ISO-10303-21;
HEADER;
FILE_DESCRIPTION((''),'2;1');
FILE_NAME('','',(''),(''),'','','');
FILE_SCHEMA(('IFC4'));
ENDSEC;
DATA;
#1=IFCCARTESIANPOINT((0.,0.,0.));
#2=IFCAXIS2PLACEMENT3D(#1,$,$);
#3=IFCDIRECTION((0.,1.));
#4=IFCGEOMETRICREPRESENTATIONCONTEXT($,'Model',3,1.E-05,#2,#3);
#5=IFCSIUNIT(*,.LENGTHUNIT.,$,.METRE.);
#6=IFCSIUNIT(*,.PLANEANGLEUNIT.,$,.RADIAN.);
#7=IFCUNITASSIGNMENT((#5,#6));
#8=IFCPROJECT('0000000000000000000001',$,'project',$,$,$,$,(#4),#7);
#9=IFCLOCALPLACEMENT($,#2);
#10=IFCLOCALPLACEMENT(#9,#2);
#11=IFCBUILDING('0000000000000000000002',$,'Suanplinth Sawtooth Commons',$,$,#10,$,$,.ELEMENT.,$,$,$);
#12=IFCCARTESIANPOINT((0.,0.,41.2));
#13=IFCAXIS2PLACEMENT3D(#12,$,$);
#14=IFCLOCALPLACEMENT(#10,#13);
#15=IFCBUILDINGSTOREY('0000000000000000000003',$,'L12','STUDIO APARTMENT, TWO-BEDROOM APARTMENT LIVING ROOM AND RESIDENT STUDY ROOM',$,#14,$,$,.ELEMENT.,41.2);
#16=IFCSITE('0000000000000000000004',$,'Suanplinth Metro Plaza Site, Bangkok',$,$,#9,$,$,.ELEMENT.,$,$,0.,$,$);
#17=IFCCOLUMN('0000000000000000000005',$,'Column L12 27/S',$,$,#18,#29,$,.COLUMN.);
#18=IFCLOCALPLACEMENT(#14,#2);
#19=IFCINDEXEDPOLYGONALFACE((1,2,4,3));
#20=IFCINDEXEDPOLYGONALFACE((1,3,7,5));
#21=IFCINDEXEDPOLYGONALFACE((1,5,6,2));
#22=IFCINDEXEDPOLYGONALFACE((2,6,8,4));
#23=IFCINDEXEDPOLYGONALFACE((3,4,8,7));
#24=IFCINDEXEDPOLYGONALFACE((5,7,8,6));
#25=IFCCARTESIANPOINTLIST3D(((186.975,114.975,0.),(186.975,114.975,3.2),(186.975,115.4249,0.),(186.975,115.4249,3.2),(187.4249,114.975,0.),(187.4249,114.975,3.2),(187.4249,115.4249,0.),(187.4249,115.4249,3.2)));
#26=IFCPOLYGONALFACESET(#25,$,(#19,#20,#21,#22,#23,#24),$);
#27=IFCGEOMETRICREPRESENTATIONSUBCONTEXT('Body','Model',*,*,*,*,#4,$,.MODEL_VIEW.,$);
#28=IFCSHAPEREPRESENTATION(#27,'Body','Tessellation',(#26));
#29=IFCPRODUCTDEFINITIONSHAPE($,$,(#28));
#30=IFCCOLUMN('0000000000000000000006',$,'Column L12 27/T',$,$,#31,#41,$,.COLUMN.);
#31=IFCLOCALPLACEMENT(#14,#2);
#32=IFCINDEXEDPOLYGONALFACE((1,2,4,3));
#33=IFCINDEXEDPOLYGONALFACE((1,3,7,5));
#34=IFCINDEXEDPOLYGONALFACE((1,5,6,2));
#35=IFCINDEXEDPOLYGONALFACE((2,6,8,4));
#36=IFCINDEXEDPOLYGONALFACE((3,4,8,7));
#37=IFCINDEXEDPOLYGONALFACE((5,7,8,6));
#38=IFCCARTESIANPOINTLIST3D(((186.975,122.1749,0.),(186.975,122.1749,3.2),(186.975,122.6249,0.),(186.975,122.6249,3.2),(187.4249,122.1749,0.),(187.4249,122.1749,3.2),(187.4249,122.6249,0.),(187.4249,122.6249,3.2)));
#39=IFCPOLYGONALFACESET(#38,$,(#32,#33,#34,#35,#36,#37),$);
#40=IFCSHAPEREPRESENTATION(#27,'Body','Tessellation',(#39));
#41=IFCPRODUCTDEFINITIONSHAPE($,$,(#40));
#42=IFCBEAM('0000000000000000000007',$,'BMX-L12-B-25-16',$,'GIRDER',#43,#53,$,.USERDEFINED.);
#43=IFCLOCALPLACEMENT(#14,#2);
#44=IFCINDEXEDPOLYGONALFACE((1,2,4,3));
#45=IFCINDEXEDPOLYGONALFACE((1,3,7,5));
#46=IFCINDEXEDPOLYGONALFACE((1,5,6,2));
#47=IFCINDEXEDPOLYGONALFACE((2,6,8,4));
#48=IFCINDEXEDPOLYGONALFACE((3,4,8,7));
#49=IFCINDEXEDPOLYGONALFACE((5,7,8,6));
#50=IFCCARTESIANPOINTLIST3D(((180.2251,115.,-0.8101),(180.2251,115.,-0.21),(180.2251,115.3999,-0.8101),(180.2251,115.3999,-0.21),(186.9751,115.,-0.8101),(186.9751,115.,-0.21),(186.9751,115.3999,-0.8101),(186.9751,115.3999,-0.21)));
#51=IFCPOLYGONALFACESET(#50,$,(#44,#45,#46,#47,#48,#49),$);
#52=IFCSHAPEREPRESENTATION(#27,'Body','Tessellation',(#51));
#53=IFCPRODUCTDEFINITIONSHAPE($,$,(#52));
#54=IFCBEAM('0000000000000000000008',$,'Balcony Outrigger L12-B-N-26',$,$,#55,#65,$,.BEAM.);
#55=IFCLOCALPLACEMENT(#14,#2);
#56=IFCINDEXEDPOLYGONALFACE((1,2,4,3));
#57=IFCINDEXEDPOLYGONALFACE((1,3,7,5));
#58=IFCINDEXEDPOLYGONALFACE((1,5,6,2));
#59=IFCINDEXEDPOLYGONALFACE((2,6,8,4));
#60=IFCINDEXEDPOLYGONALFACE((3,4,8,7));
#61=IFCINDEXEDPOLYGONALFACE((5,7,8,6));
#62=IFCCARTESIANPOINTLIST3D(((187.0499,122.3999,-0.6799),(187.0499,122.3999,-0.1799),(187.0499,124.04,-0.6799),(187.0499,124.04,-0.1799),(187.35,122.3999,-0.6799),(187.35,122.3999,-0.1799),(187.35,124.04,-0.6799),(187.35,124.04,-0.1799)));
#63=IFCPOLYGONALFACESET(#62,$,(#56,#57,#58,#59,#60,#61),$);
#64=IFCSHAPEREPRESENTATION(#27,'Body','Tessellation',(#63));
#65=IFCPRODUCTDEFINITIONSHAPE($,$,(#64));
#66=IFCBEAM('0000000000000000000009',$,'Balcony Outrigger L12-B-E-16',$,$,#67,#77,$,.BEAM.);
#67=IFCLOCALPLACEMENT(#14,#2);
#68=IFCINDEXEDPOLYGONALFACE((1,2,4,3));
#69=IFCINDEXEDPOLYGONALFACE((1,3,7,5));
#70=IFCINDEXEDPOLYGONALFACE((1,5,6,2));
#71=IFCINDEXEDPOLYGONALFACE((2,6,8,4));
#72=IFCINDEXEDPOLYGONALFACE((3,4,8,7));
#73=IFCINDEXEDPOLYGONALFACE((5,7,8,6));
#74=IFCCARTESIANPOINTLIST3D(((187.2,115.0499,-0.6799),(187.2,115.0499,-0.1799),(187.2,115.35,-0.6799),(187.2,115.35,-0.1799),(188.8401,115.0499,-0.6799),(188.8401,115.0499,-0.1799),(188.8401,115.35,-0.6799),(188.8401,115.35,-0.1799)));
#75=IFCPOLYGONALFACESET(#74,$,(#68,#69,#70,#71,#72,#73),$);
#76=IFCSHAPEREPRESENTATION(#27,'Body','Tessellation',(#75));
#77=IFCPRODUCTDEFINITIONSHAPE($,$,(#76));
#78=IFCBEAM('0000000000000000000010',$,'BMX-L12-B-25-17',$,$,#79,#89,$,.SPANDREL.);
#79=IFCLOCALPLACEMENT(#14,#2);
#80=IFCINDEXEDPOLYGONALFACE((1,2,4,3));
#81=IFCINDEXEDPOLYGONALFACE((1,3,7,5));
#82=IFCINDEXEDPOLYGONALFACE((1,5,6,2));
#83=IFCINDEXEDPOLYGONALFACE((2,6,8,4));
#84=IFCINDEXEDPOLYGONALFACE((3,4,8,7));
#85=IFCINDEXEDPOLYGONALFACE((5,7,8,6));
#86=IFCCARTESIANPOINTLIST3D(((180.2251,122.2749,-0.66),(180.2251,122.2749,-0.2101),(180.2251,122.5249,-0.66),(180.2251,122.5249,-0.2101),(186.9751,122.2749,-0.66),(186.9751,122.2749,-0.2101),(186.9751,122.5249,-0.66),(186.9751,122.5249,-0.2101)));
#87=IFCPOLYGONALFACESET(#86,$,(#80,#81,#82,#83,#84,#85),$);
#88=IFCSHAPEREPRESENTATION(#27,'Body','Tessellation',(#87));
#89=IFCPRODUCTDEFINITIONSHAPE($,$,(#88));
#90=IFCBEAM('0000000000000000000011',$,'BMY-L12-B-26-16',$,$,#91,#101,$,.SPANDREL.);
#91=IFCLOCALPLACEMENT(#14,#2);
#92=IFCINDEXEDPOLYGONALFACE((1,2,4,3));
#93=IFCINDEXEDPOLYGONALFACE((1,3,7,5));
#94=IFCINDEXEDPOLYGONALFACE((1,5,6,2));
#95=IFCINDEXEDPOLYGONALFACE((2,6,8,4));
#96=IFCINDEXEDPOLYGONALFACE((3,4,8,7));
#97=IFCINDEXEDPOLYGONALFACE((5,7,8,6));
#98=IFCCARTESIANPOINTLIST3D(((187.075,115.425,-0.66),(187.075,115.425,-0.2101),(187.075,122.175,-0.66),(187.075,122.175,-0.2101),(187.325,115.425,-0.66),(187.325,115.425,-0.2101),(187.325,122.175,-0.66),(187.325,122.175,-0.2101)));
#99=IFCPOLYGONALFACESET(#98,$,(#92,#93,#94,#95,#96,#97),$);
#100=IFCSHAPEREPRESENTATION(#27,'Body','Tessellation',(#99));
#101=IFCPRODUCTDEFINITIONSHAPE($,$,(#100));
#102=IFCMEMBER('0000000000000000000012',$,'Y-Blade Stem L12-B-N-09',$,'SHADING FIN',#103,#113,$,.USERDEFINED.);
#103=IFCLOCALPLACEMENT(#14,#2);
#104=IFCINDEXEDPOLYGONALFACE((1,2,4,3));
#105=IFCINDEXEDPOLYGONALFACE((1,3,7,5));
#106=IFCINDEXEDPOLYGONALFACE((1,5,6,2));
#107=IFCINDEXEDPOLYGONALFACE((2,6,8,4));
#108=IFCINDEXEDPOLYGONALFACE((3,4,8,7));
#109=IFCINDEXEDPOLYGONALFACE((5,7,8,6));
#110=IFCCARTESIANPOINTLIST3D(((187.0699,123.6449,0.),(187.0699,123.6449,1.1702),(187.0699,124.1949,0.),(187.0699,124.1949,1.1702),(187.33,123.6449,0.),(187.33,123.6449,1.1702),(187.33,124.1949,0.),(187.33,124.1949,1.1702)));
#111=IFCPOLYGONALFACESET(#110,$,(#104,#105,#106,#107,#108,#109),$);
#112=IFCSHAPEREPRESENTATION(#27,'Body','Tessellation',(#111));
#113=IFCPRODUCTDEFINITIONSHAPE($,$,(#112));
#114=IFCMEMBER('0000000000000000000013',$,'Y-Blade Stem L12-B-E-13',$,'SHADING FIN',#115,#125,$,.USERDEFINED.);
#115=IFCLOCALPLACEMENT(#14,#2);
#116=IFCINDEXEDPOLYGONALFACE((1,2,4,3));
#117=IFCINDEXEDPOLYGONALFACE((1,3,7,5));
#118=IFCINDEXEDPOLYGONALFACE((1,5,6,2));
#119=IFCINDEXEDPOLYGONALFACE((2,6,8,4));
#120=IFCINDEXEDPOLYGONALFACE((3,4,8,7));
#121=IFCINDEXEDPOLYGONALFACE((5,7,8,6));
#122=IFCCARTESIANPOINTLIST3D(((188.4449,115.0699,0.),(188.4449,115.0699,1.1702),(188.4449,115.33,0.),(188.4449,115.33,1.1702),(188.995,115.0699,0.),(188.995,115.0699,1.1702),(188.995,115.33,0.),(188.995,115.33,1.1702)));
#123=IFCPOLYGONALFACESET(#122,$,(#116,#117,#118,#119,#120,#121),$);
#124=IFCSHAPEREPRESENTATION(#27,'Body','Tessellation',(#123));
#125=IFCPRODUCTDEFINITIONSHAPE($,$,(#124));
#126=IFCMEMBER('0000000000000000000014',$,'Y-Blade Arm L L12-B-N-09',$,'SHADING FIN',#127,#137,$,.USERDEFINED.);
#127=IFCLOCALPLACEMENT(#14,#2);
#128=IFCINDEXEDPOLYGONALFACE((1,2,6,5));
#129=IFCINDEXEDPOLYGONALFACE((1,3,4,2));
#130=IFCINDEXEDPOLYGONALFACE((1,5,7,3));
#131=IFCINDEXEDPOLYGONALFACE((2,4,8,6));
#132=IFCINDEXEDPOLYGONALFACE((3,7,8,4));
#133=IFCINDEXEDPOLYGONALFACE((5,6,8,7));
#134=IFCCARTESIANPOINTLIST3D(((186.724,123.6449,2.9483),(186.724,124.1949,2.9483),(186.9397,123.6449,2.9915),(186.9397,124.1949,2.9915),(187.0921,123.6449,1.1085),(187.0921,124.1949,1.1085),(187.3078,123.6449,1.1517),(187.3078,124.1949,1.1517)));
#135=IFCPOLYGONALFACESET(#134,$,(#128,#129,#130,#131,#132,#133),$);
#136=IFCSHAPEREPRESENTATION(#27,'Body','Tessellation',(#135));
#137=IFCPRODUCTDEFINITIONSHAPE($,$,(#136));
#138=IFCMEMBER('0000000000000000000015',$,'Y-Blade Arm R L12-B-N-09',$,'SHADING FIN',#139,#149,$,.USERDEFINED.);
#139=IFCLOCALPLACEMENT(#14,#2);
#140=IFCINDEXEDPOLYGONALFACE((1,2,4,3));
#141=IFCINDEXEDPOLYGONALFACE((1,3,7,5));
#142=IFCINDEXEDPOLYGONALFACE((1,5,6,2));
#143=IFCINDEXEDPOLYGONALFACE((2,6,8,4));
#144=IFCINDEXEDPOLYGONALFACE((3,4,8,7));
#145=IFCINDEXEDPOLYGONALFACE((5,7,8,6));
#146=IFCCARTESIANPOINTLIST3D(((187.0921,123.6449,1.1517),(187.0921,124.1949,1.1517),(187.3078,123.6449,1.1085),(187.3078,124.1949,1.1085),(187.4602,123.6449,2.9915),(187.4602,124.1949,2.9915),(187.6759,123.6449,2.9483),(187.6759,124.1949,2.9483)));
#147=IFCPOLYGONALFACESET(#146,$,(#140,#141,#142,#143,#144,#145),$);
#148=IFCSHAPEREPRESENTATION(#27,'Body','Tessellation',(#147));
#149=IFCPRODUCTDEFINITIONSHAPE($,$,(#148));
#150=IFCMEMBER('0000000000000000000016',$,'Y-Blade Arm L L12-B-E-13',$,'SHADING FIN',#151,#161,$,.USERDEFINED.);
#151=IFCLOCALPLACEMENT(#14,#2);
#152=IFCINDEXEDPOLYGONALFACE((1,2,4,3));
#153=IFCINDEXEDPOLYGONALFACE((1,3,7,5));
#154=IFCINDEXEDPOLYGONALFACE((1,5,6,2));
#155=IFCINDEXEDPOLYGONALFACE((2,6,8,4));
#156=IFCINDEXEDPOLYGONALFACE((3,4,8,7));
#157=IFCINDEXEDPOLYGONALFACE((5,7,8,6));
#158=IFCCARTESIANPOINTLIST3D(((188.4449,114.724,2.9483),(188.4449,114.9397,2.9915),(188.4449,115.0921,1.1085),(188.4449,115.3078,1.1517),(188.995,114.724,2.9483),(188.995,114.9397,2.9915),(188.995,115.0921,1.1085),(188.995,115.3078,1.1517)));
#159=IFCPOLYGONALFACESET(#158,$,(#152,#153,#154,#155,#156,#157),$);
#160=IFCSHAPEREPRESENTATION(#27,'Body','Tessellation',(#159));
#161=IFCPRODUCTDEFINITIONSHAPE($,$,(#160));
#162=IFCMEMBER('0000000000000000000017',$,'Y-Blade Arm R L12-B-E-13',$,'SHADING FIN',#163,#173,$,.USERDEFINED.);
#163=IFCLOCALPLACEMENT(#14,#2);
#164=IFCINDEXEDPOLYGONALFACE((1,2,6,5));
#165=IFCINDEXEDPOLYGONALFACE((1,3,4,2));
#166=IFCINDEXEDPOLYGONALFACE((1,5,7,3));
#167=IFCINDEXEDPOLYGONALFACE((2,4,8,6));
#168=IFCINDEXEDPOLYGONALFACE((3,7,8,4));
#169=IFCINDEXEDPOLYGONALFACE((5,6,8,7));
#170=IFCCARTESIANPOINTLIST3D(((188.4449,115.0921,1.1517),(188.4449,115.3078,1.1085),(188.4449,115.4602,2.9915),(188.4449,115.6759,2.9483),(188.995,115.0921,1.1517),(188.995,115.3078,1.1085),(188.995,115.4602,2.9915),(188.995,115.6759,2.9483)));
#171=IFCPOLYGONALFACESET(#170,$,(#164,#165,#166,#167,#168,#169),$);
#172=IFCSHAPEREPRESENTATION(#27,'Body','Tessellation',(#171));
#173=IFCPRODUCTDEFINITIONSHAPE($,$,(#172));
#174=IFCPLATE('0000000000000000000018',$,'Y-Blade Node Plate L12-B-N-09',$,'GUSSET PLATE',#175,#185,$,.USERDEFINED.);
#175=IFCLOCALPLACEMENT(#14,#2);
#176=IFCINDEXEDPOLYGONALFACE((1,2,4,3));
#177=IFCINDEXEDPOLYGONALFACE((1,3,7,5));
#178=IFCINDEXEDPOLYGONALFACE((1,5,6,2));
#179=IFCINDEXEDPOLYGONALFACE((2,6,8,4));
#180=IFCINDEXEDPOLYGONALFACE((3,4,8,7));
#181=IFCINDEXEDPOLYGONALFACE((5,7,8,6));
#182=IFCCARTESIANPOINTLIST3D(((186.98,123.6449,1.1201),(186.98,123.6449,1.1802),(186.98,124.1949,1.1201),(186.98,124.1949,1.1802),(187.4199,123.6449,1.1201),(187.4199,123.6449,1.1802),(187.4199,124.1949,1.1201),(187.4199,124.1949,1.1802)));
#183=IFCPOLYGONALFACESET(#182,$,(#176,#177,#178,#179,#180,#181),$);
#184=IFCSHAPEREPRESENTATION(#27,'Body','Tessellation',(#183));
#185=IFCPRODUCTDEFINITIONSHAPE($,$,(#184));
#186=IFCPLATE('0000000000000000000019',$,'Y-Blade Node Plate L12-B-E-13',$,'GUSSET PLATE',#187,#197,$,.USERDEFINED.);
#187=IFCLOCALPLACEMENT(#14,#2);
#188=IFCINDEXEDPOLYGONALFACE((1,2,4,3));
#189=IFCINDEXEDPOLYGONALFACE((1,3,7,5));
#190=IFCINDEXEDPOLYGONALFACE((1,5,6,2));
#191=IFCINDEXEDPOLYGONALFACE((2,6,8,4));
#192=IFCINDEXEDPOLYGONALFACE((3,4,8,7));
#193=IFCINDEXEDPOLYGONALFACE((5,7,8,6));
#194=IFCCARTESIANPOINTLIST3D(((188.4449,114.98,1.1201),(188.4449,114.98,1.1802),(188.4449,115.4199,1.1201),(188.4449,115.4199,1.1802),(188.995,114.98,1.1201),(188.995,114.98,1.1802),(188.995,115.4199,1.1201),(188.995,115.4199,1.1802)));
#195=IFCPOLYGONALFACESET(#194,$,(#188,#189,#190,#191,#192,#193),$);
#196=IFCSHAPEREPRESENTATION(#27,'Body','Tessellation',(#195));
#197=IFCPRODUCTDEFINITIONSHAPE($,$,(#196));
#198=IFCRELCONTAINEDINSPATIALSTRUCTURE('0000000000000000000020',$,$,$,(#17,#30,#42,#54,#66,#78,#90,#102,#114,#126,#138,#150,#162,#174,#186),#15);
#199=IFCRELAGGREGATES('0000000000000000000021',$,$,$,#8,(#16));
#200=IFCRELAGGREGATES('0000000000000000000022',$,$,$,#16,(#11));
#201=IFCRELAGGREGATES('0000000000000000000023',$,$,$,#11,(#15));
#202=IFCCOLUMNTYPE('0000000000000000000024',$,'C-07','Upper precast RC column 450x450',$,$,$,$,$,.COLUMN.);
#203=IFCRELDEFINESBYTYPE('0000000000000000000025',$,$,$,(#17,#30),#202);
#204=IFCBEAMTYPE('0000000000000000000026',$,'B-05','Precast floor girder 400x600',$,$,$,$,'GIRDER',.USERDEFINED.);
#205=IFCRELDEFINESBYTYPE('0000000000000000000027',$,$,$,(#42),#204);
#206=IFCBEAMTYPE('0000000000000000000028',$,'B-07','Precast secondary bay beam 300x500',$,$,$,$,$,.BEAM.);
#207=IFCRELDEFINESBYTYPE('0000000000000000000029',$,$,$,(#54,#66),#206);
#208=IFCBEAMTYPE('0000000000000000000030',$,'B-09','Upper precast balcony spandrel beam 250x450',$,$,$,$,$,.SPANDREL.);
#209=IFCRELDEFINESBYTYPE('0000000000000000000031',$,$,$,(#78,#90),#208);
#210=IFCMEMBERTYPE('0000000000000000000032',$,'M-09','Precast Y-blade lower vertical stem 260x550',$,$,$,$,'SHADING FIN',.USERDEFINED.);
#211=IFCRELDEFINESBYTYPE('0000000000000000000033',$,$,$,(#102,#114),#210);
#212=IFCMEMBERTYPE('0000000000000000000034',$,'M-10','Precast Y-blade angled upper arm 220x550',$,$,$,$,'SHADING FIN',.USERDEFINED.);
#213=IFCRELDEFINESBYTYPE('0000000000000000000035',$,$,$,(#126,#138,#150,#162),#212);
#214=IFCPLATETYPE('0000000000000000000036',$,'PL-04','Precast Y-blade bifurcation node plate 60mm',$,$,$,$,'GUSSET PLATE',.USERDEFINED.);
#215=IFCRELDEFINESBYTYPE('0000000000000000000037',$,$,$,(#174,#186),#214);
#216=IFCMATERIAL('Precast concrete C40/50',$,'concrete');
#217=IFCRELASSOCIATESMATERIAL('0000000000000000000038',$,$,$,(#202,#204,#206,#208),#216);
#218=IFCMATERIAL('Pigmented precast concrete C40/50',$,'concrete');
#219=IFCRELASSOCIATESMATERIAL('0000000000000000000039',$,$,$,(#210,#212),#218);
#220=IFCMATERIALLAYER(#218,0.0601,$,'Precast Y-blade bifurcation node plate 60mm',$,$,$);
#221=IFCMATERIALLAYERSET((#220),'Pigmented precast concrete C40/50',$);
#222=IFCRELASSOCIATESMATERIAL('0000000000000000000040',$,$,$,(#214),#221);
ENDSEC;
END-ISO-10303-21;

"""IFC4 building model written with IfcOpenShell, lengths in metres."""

from ifc_helpers import new_model, si_unit, direction, frame, origin, origin_2d, place, context, subcontext, project, spatial, rectangle, extrude, material, layer, layer_set, material_profile, profile_set, type_object, element, save


model = new_model("IFC4")

# Units and contexts
model_context = context("Model", 3, precision=1e-05, world=origin(), true_north=direction((0.0, 1.0)))
body_context = subcontext(model_context, "Body", "Model", "MODEL_VIEW")
ifc_project = project(units=[si_unit("LENGTHUNIT", "METRE"), si_unit("PLANEANGLEUNIT", "RADIAN")], contexts=[model_context])

# Site, building, storey
site_placement = place(None, origin())
site = spatial("IfcSite", under=ifc_project, at=site_placement, Name="Suanplinth Metro Plaza Site, Bangkok", CompositionType="ELEMENT", RefElevation=0.0)
building_placement = place(site_placement, origin())
building = spatial("IfcBuilding", under=site, at=building_placement, Name="Suanplinth Sawtooth Commons", CompositionType="ELEMENT")
storey_placement = place(building_placement, frame((0.0, 0.0, 41.2)))
storey = spatial("IfcBuildingStorey", under=building, at=storey_placement, Name="L12", Description="STUDIO APARTMENT, TWO-BEDROOM APARTMENT LIVING ROOM AND RESIDENT STUDY ROOM", CompositionType="ELEMENT", Elevation=41.2)

# Columns
ifc_material_1 = material(Name="Precast concrete C40/50", Category="concrete")
ifc_material_profile_1 = material_profile(ifc_material_1, rectangle(XDim=0.45, YDim=0.45, at=origin_2d()), Name="PC-COL 450x450")
ifc_profile_set_1 = profile_set([ifc_material_profile_1], Name="Precast concrete C40/50")
column_type = type_object("IfcColumnType", Name="C-07", Description="Upper precast RC column 450x450", PredefinedType="COLUMN", material=ifc_profile_set_1)
for number, where, z_axis, x_axis, name in (
    (1, (187.2, 115.2, 0.0), (0.0, 0.0, 1.0), (1.0, 0.0, 0.0), "Column L12 27/S"),
    (2, (187.2, 122.3999, 0.0), (0.0, 0.0, 1.0), (1.0, 0.0, 0.0), "Column L12 27/T"),
):
    element("IfcColumn", number, at=place(storey_placement, frame(where, z_axis=z_axis, x_axis=x_axis)), inside=storey, type_object=column_type, Name=name, PredefinedType="COLUMN", context=body_context, shape_type="SweptSolid", body=[
        extrude(rectangle(XDim=0.45, YDim=0.45, at=origin_2d()), origin(), (0.0, 0.0, 1.0), 3.2),
    ])

# Beams
ifc_material_profile_2 = material_profile(ifc_material_1, rectangle(XDim=0.3999, YDim=0.6001, at=origin_2d()), Name="PC-GDR 400x600")
ifc_profile_set_2 = profile_set([ifc_material_profile_2], Name="Precast concrete C40/50")
beam_type_1 = type_object("IfcBeamType", Name="B-05", Description="Precast floor girder 400x600", ElementType="GIRDER", PredefinedType="USERDEFINED", material=ifc_profile_set_2)
beam_placement = place(storey_placement, frame((180.2251, 115.2, -0.51), z_axis=(1.0, 0.0, 0.0), x_axis=(0.0, 1.0, 0.0)))
element("IfcBeam", 3, at=beam_placement, inside=storey, type_object=beam_type_1, Name="BMX-L12-B-25-16", ObjectType="GIRDER", PredefinedType="USERDEFINED", context=body_context, shape_type="SweptSolid", body=[
    extrude(rectangle(XDim=0.3999, YDim=0.6001, at=origin_2d()), origin(), (0.0, 0.0, 1.0), 6.75),
])
ifc_material_profile_3 = material_profile(ifc_material_1, rectangle(XDim=0.3, YDim=0.5, at=origin_2d()), Name="PC-BM 300x500")
ifc_profile_set_3 = profile_set([ifc_material_profile_3], Name="Precast concrete C40/50")
beam_type_2 = type_object("IfcBeamType", Name="B-07", Description="Precast secondary bay beam 300x500", PredefinedType="BEAM", material=ifc_profile_set_3)
for number, where, z_axis, x_axis, name in (
    (4, (187.2, 122.3999, -0.4299), (0.0, 1.0, 0.0), (-1.0, 0.0, 0.0), "Balcony Outrigger L12-B-N-26"),
    (5, (187.2, 115.2, -0.4299), (1.0, 0.0, 0.0), (0.0, 1.0, 0.0), "Balcony Outrigger L12-B-E-16"),
):
    element("IfcBeam", number, at=place(storey_placement, frame(where, z_axis=z_axis, x_axis=x_axis)), inside=storey, type_object=beam_type_2, Name=name, PredefinedType="BEAM", context=body_context, shape_type="SweptSolid", body=[
        extrude(rectangle(XDim=0.3, YDim=0.5, at=origin_2d()), origin(), (0.0, 0.0, 1.0), 1.6401),
    ])
ifc_material_profile_4 = material_profile(ifc_material_1, rectangle(XDim=0.25, YDim=0.45, at=origin_2d()), Name="PC-SP 250x450")
ifc_profile_set_4 = profile_set([ifc_material_profile_4], Name="Precast concrete C40/50")
beam_type_3 = type_object("IfcBeamType", Name="B-09", Description="Upper precast balcony spandrel beam 250x450", PredefinedType="SPANDREL", material=ifc_profile_set_4)
for number, where, z_axis, x_axis, name in (
    (6, (180.2251, 122.3999, -0.4351), (1.0, 0.0, 0.0), (0.0, 1.0, 0.0), "BMX-L12-B-25-17"),
    (7, (187.2, 115.425, -0.4351), (0.0, 1.0, 0.0), (-1.0, 0.0, 0.0), "BMY-L12-B-26-16"),
):
    element("IfcBeam", number, at=place(storey_placement, frame(where, z_axis=z_axis, x_axis=x_axis)), inside=storey, type_object=beam_type_3, Name=name, PredefinedType="SPANDREL", context=body_context, shape_type="SweptSolid", body=[
        extrude(rectangle(XDim=0.25, YDim=0.45, at=origin_2d()), origin(), (0.0, 0.0, 1.0), 6.75),
    ])

# Members
ifc_material_2 = material(Name="Pigmented precast concrete C40/50", Category="concrete")
ifc_material_profile_5 = material_profile(ifc_material_2, rectangle(XDim=0.26, YDim=0.55, at=origin_2d()), Name="PC-FIN 260x550")
ifc_profile_set_5 = profile_set([ifc_material_profile_5], Name="Pigmented precast concrete C40/50")
member_type_1 = type_object("IfcMemberType", Name="M-09", Description="Precast Y-blade lower vertical stem 260x550", ElementType="SHADING FIN", PredefinedType="USERDEFINED", material=ifc_profile_set_5)
for number, where, z_axis, x_axis, name in (
    (8, (187.2, 123.9199, 0.0), (0.0, 0.0, 1.0), (1.0, 0.0, 0.0), "Y-Blade Stem L12-B-N-09"),
    (9, (188.72, 115.2, 0.0), (0.0, 0.0, 1.0), (0.0, 1.0, 0.0), "Y-Blade Stem L12-B-E-13"),
):
    element("IfcMember", number, at=place(storey_placement, frame(where, z_axis=z_axis, x_axis=x_axis)), inside=storey, type_object=member_type_1, Name=name, ObjectType="SHADING FIN", PredefinedType="USERDEFINED", context=body_context, shape_type="SweptSolid", body=[
        extrude(rectangle(XDim=0.26, YDim=0.55, at=origin_2d()), origin(), (0.0, 0.0, 1.0), 1.1702),
    ])
ifc_material_profile_6 = material_profile(ifc_material_2, rectangle(XDim=0.22, YDim=0.55, at=origin_2d()), Name="PC-FIN 220x550")
ifc_profile_set_6 = profile_set([ifc_material_profile_6], Name="Pigmented precast concrete C40/50")
member_type_2 = type_object("IfcMemberType", Name="M-10", Description="Precast Y-blade angled upper arm 220x550", ElementType="SHADING FIN", PredefinedType="USERDEFINED", material=ifc_profile_set_6)
for number, where, z_axis, x_axis, name in (
    (10, (187.2, 123.9199, 1.1301), (-0.196216, 0.0, 0.980561), (0.980561, 0.0, 0.196216), "Y-Blade Arm L L12-B-N-09"),
    (11, (187.2, 123.9199, 1.1301), (0.196216, 0.0, 0.980561), (-0.980561, 0.0, 0.196216), "Y-Blade Arm R L12-B-N-09"),
    (12, (188.72, 115.2, 1.1301), (0.0, -0.196216, 0.980561), (0.0, 0.980561, 0.196216), "Y-Blade Arm L L12-B-E-13"),
    (13, (188.72, 115.2, 1.1301), (0.0, 0.196216, 0.980561), (0.0, -0.980561, 0.196216), "Y-Blade Arm R L12-B-E-13"),
):
    element("IfcMember", number, at=place(storey_placement, frame(where, z_axis=z_axis, x_axis=x_axis)), inside=storey, type_object=member_type_2, Name=name, ObjectType="SHADING FIN", PredefinedType="USERDEFINED", context=body_context, shape_type="SweptSolid", body=[
        extrude(rectangle(XDim=0.22, YDim=0.55, at=origin_2d()), origin(), (0.0, 0.0, 1.0), 1.8762),
    ])

# Plates
ifc_layer_1 = layer(ifc_material_2, 0.0601, Name="Precast Y-blade bifurcation node plate 60mm")
ifc_layer_set_1 = layer_set([ifc_layer_1], Name="Pigmented precast concrete C40/50")
plate_type = type_object("IfcPlateType", Name="PL-04", Description="Precast Y-blade bifurcation node plate 60mm", ElementType="GUSSET PLATE", PredefinedType="USERDEFINED", material=ifc_layer_set_1)
for number, where, z_axis, x_axis, name in (
    (14, (187.2, 123.9199, 1.1201), (0.0, 0.0, 1.0), (1.0, 0.0, 0.0), "Y-Blade Node Plate L12-B-N-09"),
    (15, (188.72, 115.2, 1.1201), (0.0, 0.0, 1.0), (0.0, 1.0, 0.0), "Y-Blade Node Plate L12-B-E-13"),
):
    element("IfcPlate", number, at=place(storey_placement, frame(where, z_axis=z_axis, x_axis=x_axis)), inside=storey, type_object=plate_type, Name=name, ObjectType="GUSSET PLATE", PredefinedType="USERDEFINED", context=body_context, shape_type="SweptSolid", body=[
        extrude(rectangle(XDim=0.4399, YDim=0.55, at=origin_2d()), origin(), (0.0, 0.0, 1.0), 0.0601),
    ])

save(model, "model.ifc")
